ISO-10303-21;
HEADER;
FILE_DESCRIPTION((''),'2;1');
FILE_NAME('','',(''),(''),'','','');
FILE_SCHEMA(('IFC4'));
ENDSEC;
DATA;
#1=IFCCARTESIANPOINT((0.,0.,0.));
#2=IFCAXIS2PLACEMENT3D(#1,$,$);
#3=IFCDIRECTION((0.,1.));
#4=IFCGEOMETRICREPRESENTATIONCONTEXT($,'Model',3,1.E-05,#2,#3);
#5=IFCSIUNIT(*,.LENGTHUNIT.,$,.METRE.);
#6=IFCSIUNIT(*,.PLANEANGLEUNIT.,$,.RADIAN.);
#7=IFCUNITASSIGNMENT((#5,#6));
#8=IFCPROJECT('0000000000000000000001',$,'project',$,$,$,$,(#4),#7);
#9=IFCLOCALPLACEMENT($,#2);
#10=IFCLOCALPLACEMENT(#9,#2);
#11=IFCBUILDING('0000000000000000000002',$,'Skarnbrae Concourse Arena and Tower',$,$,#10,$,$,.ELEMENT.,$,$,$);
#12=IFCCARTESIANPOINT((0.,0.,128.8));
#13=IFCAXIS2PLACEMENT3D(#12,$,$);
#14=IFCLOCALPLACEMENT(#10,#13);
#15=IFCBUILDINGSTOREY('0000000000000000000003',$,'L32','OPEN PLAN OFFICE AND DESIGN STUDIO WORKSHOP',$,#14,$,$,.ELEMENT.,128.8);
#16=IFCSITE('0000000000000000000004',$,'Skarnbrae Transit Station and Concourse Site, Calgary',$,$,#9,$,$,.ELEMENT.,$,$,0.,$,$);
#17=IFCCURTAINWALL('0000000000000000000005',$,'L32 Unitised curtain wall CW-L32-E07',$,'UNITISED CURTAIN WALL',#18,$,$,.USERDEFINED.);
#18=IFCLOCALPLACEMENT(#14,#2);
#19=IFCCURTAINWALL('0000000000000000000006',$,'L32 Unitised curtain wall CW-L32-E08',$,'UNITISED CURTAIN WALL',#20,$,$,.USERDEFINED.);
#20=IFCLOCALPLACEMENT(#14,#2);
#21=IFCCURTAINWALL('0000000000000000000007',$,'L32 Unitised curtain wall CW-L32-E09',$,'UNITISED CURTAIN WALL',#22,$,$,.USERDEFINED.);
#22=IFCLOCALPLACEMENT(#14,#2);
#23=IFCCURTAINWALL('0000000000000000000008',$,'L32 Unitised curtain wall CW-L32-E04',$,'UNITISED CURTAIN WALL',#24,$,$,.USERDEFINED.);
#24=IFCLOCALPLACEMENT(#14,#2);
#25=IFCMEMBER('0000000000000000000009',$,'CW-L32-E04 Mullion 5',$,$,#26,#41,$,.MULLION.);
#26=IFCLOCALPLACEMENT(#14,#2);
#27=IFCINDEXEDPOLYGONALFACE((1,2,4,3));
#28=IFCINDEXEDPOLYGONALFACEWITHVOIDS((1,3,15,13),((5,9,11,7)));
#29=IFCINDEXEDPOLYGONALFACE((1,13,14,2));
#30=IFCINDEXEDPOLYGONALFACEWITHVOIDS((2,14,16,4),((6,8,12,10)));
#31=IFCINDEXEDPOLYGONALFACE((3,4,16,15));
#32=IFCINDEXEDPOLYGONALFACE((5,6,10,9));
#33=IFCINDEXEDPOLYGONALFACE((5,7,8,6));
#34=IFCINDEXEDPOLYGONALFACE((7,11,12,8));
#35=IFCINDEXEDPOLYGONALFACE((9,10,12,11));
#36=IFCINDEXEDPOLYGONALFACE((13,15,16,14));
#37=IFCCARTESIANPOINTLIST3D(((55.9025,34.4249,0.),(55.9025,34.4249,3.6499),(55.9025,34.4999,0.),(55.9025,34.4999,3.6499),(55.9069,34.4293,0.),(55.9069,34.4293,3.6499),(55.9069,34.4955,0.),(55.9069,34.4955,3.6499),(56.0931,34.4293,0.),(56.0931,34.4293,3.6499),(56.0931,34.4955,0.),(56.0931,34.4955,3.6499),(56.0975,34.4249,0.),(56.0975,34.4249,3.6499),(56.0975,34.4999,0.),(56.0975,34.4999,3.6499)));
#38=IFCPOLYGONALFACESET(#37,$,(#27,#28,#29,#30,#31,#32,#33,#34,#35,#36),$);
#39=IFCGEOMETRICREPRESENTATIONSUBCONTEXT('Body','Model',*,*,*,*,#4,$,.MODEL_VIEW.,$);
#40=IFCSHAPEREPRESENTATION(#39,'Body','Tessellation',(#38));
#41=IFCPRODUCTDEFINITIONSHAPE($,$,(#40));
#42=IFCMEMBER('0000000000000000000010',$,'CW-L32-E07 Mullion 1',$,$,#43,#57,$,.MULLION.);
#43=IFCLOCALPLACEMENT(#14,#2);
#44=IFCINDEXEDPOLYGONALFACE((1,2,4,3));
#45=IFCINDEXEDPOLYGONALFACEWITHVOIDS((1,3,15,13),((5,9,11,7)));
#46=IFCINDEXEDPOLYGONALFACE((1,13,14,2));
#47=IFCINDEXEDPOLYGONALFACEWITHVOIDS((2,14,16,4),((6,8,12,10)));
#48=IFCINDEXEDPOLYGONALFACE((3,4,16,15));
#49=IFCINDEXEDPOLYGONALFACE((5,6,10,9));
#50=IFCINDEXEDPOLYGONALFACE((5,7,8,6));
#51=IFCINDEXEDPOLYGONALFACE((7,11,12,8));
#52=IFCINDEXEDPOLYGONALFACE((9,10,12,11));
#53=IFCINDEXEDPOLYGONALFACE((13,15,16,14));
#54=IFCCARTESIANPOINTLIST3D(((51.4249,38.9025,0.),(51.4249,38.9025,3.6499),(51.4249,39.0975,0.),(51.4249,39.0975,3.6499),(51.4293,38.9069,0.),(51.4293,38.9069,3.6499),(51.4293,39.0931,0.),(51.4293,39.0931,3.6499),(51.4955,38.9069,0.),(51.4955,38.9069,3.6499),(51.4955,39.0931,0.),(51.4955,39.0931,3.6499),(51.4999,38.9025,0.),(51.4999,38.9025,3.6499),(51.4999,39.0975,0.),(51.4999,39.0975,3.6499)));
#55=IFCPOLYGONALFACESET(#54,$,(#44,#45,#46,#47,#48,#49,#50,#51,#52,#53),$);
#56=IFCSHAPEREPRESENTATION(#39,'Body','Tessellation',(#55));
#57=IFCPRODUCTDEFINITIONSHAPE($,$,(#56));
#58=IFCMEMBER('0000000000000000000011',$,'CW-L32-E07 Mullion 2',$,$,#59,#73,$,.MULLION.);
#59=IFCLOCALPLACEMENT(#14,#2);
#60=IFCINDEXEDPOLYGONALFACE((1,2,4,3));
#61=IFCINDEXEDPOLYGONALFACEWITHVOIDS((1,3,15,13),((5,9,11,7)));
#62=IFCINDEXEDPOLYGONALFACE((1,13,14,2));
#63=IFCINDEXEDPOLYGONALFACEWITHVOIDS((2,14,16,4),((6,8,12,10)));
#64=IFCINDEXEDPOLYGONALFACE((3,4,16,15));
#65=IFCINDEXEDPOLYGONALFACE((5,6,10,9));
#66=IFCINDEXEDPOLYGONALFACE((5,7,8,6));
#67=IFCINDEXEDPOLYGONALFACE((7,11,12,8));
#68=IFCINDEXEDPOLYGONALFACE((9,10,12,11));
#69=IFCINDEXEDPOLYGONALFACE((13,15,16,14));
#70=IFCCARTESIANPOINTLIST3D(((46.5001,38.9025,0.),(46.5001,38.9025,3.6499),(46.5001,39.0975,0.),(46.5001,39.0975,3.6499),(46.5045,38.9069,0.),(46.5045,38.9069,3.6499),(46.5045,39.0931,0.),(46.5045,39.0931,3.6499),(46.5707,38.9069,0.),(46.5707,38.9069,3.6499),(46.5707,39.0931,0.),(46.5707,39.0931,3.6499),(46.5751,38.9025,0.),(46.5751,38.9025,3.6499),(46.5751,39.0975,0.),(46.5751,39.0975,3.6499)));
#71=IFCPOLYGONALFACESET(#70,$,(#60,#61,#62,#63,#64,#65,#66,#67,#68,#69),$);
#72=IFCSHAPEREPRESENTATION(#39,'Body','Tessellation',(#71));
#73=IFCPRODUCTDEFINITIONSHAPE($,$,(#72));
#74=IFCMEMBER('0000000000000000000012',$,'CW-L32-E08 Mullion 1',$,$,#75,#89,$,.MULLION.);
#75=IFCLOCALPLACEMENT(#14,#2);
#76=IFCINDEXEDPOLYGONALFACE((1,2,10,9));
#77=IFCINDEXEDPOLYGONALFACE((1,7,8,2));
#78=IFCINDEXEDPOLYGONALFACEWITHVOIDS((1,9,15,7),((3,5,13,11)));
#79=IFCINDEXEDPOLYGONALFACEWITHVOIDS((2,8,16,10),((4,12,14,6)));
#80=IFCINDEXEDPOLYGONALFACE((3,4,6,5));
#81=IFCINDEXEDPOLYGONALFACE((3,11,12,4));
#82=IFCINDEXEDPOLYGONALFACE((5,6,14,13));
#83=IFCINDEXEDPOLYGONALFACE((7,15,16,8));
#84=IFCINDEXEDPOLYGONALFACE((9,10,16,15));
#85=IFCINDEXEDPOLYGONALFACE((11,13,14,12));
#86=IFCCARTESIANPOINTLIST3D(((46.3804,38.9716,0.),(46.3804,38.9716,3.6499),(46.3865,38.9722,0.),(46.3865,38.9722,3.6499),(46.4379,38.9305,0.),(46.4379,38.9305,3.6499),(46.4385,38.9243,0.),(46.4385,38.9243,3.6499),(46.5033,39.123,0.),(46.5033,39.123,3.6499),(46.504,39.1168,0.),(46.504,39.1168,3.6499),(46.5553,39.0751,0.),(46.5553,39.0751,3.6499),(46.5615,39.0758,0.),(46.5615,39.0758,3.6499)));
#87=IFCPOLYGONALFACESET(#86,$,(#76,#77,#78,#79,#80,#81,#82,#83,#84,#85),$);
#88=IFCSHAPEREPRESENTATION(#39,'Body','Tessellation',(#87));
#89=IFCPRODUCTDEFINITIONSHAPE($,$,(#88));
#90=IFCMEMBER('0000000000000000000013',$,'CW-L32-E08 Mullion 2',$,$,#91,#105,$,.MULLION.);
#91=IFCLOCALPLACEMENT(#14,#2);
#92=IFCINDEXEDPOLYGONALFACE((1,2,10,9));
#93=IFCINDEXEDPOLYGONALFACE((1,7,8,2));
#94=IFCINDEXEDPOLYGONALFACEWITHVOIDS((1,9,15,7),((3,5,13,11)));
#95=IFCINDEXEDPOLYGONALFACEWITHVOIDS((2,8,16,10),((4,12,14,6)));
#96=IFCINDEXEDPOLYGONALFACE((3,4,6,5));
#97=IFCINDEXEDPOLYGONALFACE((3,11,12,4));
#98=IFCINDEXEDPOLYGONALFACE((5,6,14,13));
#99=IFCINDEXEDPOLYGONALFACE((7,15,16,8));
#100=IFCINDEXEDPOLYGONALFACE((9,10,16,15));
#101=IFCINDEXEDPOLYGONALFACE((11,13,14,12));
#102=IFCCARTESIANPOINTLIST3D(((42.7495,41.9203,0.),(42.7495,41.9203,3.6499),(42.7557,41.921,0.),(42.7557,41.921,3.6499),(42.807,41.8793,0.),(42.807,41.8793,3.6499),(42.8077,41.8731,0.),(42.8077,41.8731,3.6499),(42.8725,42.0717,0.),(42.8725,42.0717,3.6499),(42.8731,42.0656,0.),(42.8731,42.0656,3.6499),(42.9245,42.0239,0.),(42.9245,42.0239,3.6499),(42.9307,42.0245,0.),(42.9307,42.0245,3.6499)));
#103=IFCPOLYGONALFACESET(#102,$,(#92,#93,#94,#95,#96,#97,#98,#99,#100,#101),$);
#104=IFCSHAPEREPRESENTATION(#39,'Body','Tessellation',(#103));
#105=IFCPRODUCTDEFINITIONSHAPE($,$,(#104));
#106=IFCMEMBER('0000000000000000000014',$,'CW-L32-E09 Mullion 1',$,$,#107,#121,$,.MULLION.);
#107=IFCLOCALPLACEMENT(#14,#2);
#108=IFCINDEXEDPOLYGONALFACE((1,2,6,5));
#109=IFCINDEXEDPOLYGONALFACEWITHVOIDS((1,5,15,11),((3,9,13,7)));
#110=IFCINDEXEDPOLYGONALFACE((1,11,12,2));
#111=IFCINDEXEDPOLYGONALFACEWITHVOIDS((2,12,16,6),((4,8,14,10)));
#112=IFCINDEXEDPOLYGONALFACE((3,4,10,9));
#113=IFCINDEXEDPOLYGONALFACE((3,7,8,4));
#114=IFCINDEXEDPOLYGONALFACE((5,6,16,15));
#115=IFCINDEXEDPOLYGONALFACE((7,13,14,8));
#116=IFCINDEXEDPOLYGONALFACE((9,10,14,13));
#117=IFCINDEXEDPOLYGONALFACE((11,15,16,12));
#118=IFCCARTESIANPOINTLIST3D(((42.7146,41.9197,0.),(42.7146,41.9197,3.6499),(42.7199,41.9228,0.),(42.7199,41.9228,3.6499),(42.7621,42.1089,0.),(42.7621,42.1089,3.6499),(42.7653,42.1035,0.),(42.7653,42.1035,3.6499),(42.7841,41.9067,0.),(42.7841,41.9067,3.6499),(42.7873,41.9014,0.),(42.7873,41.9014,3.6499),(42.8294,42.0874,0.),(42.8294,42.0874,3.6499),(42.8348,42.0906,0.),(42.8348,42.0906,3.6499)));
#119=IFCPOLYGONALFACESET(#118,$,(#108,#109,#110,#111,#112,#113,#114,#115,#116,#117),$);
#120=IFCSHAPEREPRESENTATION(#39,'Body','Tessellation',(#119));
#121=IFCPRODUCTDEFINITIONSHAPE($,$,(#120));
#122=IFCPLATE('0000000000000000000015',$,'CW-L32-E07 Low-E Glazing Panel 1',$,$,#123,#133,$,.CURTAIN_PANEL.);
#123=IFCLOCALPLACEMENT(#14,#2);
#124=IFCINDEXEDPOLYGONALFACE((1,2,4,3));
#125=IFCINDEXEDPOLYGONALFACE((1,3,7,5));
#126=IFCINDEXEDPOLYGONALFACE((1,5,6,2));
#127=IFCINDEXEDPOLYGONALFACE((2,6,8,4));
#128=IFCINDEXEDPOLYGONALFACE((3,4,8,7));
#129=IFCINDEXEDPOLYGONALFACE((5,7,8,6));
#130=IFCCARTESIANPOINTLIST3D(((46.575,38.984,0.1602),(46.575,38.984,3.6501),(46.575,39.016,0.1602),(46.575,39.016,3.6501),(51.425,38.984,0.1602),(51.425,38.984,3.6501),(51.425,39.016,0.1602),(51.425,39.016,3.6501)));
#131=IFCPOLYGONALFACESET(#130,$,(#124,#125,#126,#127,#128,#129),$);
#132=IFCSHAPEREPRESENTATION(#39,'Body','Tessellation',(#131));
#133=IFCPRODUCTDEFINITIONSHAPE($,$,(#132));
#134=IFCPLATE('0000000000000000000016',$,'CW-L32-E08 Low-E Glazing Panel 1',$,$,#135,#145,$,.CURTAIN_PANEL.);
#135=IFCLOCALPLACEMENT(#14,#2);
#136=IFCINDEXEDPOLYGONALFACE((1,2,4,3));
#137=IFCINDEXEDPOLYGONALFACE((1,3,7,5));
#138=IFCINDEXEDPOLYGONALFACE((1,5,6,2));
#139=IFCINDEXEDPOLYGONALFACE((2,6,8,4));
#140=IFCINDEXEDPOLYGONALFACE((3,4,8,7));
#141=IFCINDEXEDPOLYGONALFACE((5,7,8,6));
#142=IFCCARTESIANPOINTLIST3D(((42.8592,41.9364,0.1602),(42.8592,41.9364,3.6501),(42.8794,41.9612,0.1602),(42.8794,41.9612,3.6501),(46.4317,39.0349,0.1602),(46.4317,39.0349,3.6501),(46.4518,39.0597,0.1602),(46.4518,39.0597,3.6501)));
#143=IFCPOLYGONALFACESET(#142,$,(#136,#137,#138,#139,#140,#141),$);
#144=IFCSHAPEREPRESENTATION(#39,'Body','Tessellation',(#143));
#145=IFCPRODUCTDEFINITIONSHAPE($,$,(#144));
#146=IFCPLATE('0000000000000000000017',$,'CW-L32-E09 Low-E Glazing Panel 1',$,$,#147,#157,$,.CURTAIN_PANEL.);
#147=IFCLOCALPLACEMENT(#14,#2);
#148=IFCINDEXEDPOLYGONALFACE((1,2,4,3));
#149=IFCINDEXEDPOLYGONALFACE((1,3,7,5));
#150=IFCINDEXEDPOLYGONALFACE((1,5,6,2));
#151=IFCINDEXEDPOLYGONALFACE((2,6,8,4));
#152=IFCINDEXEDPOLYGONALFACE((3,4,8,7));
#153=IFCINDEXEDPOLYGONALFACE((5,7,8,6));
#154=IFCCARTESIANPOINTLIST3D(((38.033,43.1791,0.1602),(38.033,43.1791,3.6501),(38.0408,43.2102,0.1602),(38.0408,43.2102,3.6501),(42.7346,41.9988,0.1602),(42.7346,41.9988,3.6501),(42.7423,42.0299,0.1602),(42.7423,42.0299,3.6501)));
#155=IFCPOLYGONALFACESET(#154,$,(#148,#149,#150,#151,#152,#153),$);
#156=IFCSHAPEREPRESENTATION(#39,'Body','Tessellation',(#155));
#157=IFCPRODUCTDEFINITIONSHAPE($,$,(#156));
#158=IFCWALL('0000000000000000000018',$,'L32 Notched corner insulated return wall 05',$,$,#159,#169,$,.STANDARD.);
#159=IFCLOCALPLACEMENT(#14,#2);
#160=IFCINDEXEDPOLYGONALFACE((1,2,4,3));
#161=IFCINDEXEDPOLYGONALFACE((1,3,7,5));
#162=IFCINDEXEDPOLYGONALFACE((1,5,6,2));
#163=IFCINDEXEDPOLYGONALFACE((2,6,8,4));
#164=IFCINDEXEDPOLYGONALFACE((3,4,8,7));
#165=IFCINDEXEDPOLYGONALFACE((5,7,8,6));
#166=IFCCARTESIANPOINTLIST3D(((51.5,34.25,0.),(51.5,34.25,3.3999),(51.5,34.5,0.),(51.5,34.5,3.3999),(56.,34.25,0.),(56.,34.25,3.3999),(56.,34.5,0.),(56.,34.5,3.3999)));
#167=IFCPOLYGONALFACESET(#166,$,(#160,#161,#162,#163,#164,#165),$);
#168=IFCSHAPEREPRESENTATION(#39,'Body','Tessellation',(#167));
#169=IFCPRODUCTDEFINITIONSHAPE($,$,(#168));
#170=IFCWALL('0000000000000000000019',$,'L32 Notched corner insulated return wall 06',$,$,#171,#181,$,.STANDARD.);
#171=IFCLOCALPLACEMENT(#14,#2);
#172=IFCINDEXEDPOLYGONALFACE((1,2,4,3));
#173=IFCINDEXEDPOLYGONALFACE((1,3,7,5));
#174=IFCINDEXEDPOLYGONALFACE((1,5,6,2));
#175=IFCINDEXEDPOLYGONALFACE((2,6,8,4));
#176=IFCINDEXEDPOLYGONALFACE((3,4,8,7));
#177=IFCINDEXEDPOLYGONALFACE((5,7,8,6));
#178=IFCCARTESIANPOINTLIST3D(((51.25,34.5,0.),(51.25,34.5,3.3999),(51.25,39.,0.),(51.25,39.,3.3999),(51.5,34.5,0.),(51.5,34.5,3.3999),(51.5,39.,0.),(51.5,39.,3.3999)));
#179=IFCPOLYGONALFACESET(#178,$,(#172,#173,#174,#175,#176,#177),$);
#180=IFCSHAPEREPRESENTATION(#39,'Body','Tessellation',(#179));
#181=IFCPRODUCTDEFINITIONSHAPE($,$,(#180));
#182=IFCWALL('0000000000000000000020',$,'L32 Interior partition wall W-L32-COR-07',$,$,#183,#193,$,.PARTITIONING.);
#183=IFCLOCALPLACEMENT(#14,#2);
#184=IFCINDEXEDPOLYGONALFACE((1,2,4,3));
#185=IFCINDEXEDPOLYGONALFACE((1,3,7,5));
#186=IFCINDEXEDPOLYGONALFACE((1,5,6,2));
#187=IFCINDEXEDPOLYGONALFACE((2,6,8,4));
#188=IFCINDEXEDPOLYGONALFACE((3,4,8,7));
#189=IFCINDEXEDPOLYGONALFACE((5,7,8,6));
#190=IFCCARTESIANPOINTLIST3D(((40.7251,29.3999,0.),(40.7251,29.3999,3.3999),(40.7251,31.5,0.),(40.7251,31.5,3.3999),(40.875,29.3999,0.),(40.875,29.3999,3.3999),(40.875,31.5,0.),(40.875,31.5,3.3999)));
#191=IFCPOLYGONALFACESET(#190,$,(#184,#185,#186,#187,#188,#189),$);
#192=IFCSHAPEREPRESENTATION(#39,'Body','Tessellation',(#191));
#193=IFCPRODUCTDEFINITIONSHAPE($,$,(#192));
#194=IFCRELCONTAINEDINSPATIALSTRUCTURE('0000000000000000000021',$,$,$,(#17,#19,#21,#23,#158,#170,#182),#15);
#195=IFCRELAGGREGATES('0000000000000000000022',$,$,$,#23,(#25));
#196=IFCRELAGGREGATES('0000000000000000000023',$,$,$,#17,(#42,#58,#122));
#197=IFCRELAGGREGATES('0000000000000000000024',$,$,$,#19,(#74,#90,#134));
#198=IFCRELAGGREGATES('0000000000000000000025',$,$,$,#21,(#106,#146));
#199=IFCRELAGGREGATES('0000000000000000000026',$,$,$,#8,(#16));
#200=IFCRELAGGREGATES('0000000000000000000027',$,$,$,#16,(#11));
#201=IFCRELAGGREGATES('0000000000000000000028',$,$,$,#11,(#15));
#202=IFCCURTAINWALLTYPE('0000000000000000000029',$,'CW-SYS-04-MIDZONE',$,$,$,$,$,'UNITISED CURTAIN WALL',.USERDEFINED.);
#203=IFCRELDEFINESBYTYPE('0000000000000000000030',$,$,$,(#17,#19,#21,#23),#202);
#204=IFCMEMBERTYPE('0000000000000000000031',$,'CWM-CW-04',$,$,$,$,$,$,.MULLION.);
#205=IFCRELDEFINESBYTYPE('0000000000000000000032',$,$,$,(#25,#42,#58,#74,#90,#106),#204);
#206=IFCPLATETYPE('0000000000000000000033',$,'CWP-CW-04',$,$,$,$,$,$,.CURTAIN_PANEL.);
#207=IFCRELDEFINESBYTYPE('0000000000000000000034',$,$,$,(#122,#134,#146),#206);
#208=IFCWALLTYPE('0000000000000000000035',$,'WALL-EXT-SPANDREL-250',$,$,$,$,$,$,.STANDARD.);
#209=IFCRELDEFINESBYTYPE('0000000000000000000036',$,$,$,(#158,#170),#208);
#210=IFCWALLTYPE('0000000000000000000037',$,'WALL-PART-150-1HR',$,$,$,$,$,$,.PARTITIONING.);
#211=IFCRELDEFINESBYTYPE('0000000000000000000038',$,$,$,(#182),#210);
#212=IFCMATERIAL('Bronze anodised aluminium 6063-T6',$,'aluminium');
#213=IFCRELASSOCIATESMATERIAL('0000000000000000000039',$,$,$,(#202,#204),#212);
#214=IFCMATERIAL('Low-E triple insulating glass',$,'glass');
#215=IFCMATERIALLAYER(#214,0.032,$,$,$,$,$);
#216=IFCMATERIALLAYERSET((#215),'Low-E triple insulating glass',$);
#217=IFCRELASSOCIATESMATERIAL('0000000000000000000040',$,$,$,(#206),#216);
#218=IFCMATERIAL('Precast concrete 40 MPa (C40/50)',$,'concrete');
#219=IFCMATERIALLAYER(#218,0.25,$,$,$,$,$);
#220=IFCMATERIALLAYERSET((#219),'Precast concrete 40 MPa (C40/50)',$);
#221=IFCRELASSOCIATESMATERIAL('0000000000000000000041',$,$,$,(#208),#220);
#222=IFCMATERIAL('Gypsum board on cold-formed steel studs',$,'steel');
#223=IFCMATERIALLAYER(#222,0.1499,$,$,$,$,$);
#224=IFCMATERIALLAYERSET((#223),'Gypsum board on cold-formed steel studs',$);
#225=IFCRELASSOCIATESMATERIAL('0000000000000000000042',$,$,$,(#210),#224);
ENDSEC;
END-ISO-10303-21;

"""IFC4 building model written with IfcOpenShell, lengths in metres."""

from ifc_helpers import new_model, si_unit, direction, frame, frame_2d, origin, origin_2d, place, context, subcontext, project, spatial, rectangle, hollow_rectangle, extrude, source, transform, mapped, material, layer, layer_set, material_profile, profile_set, type_object, element, aggregate, save


model = new_model("IFC4")

# Units and contexts
model_context = context("Model", 3, precision=1e-05, world=origin(), true_north=direction((0.0, 1.0)))
body_context = subcontext(model_context, "Body", "Model", "MODEL_VIEW")
ifc_project = project(units=[si_unit("LENGTHUNIT", "METRE"), si_unit("PLANEANGLEUNIT", "RADIAN")], contexts=[model_context])

# Site, building, storey
site_placement = place(None, origin())
site = spatial("IfcSite", under=ifc_project, at=site_placement, Name="Skarnbrae Transit Station and Concourse Site, Calgary", CompositionType="ELEMENT", RefElevation=0.0)
building_placement = place(site_placement, origin())
building = spatial("IfcBuilding", under=site, at=building_placement, Name="Skarnbrae Concourse Arena and Tower", CompositionType="ELEMENT")
storey_placement = place(building_placement, frame((0.0, 0.0, 128.8)))
storey = spatial("IfcBuildingStorey", under=building, at=storey_placement, Name="L32", Description="OPEN PLAN OFFICE AND DESIGN STUDIO WORKSHOP", CompositionType="ELEMENT", Elevation=128.8)

# Curtain walls, member
ifc_material_1 = material(Name="Bronze anodised aluminium 6063-T6", Category="aluminium")
curtain_wall_type = type_object("IfcCurtainWallType", Name="CW-SYS-04-MIDZONE", ElementType="UNITISED CURTAIN WALL", PredefinedType="USERDEFINED", material=ifc_material_1)
curtain_wall_1_placement = place(storey_placement, origin())
curtain_wall_1 = element("IfcCurtainWall", 1, at=curtain_wall_1_placement, inside=storey, type_object=curtain_wall_type, Name="L32 Unitised curtain wall CW-L32-E07", ObjectType="UNITISED CURTAIN WALL", PredefinedType="USERDEFINED")
curtain_wall_2_placement = place(storey_placement, origin())
curtain_wall_2 = element("IfcCurtainWall", 2, at=curtain_wall_2_placement, inside=storey, type_object=curtain_wall_type, Name="L32 Unitised curtain wall CW-L32-E08", ObjectType="UNITISED CURTAIN WALL", PredefinedType="USERDEFINED")
curtain_wall_3_placement = place(storey_placement, origin())
curtain_wall_3 = element("IfcCurtainWall", 3, at=curtain_wall_3_placement, inside=storey, type_object=curtain_wall_type, Name="L32 Unitised curtain wall CW-L32-E09", ObjectType="UNITISED CURTAIN WALL", PredefinedType="USERDEFINED")
curtain_wall_4_placement = place(storey_placement, origin())
curtain_wall_4 = element("IfcCurtainWall", 4, at=curtain_wall_4_placement, inside=storey, type_object=curtain_wall_type, Name="L32 Unitised curtain wall CW-L32-E04", ObjectType="UNITISED CURTAIN WALL", PredefinedType="USERDEFINED")
ifc_material_profile_1 = material_profile(ifc_material_1, hollow_rectangle(XDim=0.075, YDim=0.1951, WallThickness=0.0044, at=origin_2d()), Name="ALU-MULL-75X195")
ifc_profile_set_1 = profile_set([ifc_material_profile_1], Name="Bronze anodised aluminium 6063-T6")
member_type_1 = type_object("IfcMemberType", Name="CWM-CW-04", PredefinedType="MULLION", material=ifc_profile_set_1)
shared_shape_1 = source(origin(), body_context, "Body", "SweptSolid", [
    extrude(hollow_rectangle(XDim=0.075, YDim=0.1951, WallThickness=0.0044, at=origin_2d()), origin(), (0.0, 0.0, 1.0), 3.6499),
])
member_1_placement = place(storey_placement, frame((56.0, 34.4624, 0.0), z_axis=(0.0, 0.0, 1.0), x_axis=(0.0, 1.0, 0.0)))
member_1 = element("IfcMember", 5, at=member_1_placement, type_object=member_type_1, Name="CW-L32-E04 Mullion 5", PredefinedType="MULLION", context=body_context, shape_type="MappedRepresentation", body=[
    mapped(shared_shape_1, transform((0.0, 0.0, 0.0))),
])
aggregate(curtain_wall_4, [member_1])

# Members
member_2_placement = place(storey_placement, frame((51.4624, 39.0, 0.0), z_axis=(0.0, 0.0, 1.0), x_axis=(-1.0, 0.0, 0.0)))
member_2 = element("IfcMember", 6, at=member_2_placement, type_object=member_type_1, Name="CW-L32-E07 Mullion 1", PredefinedType="MULLION", context=body_context, shape_type="MappedRepresentation", body=[
    mapped(shared_shape_1, transform((0.0, 0.0, 0.0))),
])
member_3_placement = place(storey_placement, frame((46.5376, 39.0, 0.0), z_axis=(0.0, 0.0, 1.0), x_axis=(-1.0, 0.0, 0.0)))
member_3 = element("IfcMember", 7, at=member_3_placement, type_object=member_type_1, Name="CW-L32-E07 Mullion 2", PredefinedType="MULLION", context=body_context, shape_type="MappedRepresentation", body=[
    mapped(shared_shape_1, transform((0.0, 0.0, 0.0))),
])
member_4_placement = place(storey_placement, frame((46.4709, 39.0237, 0.0), z_axis=(0.0, 0.0, 1.0), x_axis=(-0.776241, 0.630436, 0.0)))
member_4 = element("IfcMember", 8, at=member_4_placement, type_object=member_type_1, Name="CW-L32-E08 Mullion 1", PredefinedType="MULLION", context=body_context, shape_type="MappedRepresentation", body=[
    mapped(shared_shape_1, transform((0.0, 0.0, 0.0))),
])
member_5_placement = place(storey_placement, frame((42.8401, 41.9724, 0.0), z_axis=(0.0, 0.0, 1.0), x_axis=(-0.776241, 0.630436, 0.0)))
member_5 = element("IfcMember", 9, at=member_5_placement, type_object=member_type_1, Name="CW-L32-E08 Mullion 2", PredefinedType="MULLION", context=body_context, shape_type="MappedRepresentation", body=[
    mapped(shared_shape_1, transform((0.0, 0.0, 0.0))),
])
member_6_placement = place(storey_placement, frame((42.7747, 42.0051, 0.0), z_axis=(0.0, 0.0, 1.0), x_axis=(-0.969903, 0.243491, 0.0)))
member_6 = element("IfcMember", 10, at=member_6_placement, type_object=member_type_1, Name="CW-L32-E09 Mullion 1", PredefinedType="MULLION", context=body_context, shape_type="MappedRepresentation", body=[
    mapped(shared_shape_1, transform((0.0, 0.0, 0.0))),
])

# Plates
ifc_material_2 = material(Name="Low-E triple insulating glass", Category="glass")
ifc_layer_1 = layer(ifc_material_2, 0.032)
ifc_layer_set_1 = layer_set([ifc_layer_1], Name="Low-E triple insulating glass")
plate_type = type_object("IfcPlateType", Name="CWP-CW-04", PredefinedType="CURTAIN_PANEL", material=ifc_layer_set_1)
shared_shape_2 = source(origin(), body_context, "Body", "SweptSolid", [
    extrude(rectangle(XDim=4.8501, YDim=0.032, at=origin_2d()), origin(), (0.0, 0.0, 1.0), 3.49),
])
plate_1_placement = place(storey_placement, frame((49.0, 39.0, 0.1602), z_axis=(0.0, 0.0, 1.0), x_axis=(-1.0, 0.0, 0.0)))
plate_1 = element("IfcPlate", 11, at=plate_1_placement, type_object=plate_type, Name="CW-L32-E07 Low-E Glazing Panel 1", PredefinedType="CURTAIN_PANEL", context=body_context, shape_type="MappedRepresentation", body=[
    mapped(shared_shape_2, transform((0.0, 0.0, 0.0))),
])
aggregate(curtain_wall_1, [member_2, member_3, plate_1])
shared_shape_3 = source(origin(), body_context, "Body", "SweptSolid", [
    extrude(rectangle(XDim=4.6023, YDim=0.032, at=origin_2d()), origin(), (0.0, 0.0, 1.0), 3.49),
])
plate_2_placement = place(storey_placement, frame((44.6555, 40.498, 0.1602), z_axis=(0.0, 0.0, 1.0), x_axis=(-0.776241, 0.630436, 0.0)))
plate_2 = element("IfcPlate", 12, at=plate_2_placement, type_object=plate_type, Name="CW-L32-E08 Low-E Glazing Panel 1", PredefinedType="CURTAIN_PANEL", context=body_context, shape_type="MappedRepresentation", body=[
    mapped(shared_shape_3, transform((0.0, 0.0, 0.0))),
])
aggregate(curtain_wall_2, [member_4, member_5, plate_2])
shared_shape_4 = source(origin(), body_context, "Body", "SweptSolid", [
    extrude(rectangle(XDim=4.8474, YDim=0.032, at=origin_2d()), origin(), (0.0, 0.0, 1.0), 3.49),
])
plate_3_placement = place(storey_placement, frame((40.3877, 42.6045, 0.1602), z_axis=(0.0, 0.0, 1.0), x_axis=(-0.969903, 0.243491, 0.0)))
plate_3 = element("IfcPlate", 13, at=plate_3_placement, type_object=plate_type, Name="CW-L32-E09 Low-E Glazing Panel 1", PredefinedType="CURTAIN_PANEL", context=body_context, shape_type="MappedRepresentation", body=[
    mapped(shared_shape_4, transform((0.0, 0.0, 0.0))),
])
aggregate(curtain_wall_3, [member_6, plate_3])

# Walls
ifc_material_3 = material(Name="Precast concrete 40 MPa (C40/50)", Category="concrete")
ifc_layer_2 = layer(ifc_material_3, 0.25)
ifc_layer_set_2 = layer_set([ifc_layer_2], Name="Precast concrete 40 MPa (C40/50)")
wall_type_1 = type_object("IfcWallType", Name="WALL-EXT-SPANDREL-250", PredefinedType="STANDARD", material=ifc_layer_set_2)
shared_shape_5 = source(origin(), body_context, "Body", "SweptSolid", [
    extrude(rectangle(XDim=4.5, YDim=0.25, at=frame_2d((2.25, 0.0))), origin(), (0.0, 0.0, 1.0), 3.3999),
])
for number, where, z_axis, x_axis, name in (
    (14, (56.0, 34.375, 0.0), (0.0, 0.0, 1.0), (-1.0, 0.0, 0.0), "L32 Notched corner insulated return wall 05"),
    (15, (51.375, 34.5, 0.0), (0.0, 0.0, 1.0), (0.0, 1.0, 0.0), "L32 Notched corner insulated return wall 06"),
):
    element("IfcWall", number, at=place(storey_placement, frame(where, z_axis=z_axis, x_axis=x_axis)), inside=storey, type_object=wall_type_1, Name=name, PredefinedType="STANDARD", context=body_context, shape_type="MappedRepresentation", body=[
        mapped(shared_shape_5, transform((0.0, 0.0, 0.0))),
    ])
ifc_material_4 = material(Name="Gypsum board on cold-formed steel studs", Category="steel")
ifc_layer_3 = layer(ifc_material_4, 0.1499)
ifc_layer_set_3 = layer_set([ifc_layer_3], Name="Gypsum board on cold-formed steel studs")
wall_type_2 = type_object("IfcWallType", Name="WALL-PART-150-1HR", PredefinedType="PARTITIONING", material=ifc_layer_set_3)
shared_shape_6 = source(origin(), body_context, "Body", "SweptSolid", [
    extrude(rectangle(XDim=2.1001, YDim=0.1499, at=frame_2d((1.05, 0.0))), origin(), (0.0, 0.0, 1.0), 3.3999),
])
wall_placement = place(storey_placement, frame((40.8, 31.5, 0.0), z_axis=(0.0, 0.0, 1.0), x_axis=(0.0, -1.0, 0.0)))
element("IfcWall", 16, at=wall_placement, inside=storey, type_object=wall_type_2, Name="L32 Interior partition wall W-L32-COR-07", PredefinedType="PARTITIONING", context=body_context, shape_type="MappedRepresentation", body=[
    mapped(shared_shape_6, transform((0.0, 0.0, 0.0))),
])

save(model, "model.ifc")
